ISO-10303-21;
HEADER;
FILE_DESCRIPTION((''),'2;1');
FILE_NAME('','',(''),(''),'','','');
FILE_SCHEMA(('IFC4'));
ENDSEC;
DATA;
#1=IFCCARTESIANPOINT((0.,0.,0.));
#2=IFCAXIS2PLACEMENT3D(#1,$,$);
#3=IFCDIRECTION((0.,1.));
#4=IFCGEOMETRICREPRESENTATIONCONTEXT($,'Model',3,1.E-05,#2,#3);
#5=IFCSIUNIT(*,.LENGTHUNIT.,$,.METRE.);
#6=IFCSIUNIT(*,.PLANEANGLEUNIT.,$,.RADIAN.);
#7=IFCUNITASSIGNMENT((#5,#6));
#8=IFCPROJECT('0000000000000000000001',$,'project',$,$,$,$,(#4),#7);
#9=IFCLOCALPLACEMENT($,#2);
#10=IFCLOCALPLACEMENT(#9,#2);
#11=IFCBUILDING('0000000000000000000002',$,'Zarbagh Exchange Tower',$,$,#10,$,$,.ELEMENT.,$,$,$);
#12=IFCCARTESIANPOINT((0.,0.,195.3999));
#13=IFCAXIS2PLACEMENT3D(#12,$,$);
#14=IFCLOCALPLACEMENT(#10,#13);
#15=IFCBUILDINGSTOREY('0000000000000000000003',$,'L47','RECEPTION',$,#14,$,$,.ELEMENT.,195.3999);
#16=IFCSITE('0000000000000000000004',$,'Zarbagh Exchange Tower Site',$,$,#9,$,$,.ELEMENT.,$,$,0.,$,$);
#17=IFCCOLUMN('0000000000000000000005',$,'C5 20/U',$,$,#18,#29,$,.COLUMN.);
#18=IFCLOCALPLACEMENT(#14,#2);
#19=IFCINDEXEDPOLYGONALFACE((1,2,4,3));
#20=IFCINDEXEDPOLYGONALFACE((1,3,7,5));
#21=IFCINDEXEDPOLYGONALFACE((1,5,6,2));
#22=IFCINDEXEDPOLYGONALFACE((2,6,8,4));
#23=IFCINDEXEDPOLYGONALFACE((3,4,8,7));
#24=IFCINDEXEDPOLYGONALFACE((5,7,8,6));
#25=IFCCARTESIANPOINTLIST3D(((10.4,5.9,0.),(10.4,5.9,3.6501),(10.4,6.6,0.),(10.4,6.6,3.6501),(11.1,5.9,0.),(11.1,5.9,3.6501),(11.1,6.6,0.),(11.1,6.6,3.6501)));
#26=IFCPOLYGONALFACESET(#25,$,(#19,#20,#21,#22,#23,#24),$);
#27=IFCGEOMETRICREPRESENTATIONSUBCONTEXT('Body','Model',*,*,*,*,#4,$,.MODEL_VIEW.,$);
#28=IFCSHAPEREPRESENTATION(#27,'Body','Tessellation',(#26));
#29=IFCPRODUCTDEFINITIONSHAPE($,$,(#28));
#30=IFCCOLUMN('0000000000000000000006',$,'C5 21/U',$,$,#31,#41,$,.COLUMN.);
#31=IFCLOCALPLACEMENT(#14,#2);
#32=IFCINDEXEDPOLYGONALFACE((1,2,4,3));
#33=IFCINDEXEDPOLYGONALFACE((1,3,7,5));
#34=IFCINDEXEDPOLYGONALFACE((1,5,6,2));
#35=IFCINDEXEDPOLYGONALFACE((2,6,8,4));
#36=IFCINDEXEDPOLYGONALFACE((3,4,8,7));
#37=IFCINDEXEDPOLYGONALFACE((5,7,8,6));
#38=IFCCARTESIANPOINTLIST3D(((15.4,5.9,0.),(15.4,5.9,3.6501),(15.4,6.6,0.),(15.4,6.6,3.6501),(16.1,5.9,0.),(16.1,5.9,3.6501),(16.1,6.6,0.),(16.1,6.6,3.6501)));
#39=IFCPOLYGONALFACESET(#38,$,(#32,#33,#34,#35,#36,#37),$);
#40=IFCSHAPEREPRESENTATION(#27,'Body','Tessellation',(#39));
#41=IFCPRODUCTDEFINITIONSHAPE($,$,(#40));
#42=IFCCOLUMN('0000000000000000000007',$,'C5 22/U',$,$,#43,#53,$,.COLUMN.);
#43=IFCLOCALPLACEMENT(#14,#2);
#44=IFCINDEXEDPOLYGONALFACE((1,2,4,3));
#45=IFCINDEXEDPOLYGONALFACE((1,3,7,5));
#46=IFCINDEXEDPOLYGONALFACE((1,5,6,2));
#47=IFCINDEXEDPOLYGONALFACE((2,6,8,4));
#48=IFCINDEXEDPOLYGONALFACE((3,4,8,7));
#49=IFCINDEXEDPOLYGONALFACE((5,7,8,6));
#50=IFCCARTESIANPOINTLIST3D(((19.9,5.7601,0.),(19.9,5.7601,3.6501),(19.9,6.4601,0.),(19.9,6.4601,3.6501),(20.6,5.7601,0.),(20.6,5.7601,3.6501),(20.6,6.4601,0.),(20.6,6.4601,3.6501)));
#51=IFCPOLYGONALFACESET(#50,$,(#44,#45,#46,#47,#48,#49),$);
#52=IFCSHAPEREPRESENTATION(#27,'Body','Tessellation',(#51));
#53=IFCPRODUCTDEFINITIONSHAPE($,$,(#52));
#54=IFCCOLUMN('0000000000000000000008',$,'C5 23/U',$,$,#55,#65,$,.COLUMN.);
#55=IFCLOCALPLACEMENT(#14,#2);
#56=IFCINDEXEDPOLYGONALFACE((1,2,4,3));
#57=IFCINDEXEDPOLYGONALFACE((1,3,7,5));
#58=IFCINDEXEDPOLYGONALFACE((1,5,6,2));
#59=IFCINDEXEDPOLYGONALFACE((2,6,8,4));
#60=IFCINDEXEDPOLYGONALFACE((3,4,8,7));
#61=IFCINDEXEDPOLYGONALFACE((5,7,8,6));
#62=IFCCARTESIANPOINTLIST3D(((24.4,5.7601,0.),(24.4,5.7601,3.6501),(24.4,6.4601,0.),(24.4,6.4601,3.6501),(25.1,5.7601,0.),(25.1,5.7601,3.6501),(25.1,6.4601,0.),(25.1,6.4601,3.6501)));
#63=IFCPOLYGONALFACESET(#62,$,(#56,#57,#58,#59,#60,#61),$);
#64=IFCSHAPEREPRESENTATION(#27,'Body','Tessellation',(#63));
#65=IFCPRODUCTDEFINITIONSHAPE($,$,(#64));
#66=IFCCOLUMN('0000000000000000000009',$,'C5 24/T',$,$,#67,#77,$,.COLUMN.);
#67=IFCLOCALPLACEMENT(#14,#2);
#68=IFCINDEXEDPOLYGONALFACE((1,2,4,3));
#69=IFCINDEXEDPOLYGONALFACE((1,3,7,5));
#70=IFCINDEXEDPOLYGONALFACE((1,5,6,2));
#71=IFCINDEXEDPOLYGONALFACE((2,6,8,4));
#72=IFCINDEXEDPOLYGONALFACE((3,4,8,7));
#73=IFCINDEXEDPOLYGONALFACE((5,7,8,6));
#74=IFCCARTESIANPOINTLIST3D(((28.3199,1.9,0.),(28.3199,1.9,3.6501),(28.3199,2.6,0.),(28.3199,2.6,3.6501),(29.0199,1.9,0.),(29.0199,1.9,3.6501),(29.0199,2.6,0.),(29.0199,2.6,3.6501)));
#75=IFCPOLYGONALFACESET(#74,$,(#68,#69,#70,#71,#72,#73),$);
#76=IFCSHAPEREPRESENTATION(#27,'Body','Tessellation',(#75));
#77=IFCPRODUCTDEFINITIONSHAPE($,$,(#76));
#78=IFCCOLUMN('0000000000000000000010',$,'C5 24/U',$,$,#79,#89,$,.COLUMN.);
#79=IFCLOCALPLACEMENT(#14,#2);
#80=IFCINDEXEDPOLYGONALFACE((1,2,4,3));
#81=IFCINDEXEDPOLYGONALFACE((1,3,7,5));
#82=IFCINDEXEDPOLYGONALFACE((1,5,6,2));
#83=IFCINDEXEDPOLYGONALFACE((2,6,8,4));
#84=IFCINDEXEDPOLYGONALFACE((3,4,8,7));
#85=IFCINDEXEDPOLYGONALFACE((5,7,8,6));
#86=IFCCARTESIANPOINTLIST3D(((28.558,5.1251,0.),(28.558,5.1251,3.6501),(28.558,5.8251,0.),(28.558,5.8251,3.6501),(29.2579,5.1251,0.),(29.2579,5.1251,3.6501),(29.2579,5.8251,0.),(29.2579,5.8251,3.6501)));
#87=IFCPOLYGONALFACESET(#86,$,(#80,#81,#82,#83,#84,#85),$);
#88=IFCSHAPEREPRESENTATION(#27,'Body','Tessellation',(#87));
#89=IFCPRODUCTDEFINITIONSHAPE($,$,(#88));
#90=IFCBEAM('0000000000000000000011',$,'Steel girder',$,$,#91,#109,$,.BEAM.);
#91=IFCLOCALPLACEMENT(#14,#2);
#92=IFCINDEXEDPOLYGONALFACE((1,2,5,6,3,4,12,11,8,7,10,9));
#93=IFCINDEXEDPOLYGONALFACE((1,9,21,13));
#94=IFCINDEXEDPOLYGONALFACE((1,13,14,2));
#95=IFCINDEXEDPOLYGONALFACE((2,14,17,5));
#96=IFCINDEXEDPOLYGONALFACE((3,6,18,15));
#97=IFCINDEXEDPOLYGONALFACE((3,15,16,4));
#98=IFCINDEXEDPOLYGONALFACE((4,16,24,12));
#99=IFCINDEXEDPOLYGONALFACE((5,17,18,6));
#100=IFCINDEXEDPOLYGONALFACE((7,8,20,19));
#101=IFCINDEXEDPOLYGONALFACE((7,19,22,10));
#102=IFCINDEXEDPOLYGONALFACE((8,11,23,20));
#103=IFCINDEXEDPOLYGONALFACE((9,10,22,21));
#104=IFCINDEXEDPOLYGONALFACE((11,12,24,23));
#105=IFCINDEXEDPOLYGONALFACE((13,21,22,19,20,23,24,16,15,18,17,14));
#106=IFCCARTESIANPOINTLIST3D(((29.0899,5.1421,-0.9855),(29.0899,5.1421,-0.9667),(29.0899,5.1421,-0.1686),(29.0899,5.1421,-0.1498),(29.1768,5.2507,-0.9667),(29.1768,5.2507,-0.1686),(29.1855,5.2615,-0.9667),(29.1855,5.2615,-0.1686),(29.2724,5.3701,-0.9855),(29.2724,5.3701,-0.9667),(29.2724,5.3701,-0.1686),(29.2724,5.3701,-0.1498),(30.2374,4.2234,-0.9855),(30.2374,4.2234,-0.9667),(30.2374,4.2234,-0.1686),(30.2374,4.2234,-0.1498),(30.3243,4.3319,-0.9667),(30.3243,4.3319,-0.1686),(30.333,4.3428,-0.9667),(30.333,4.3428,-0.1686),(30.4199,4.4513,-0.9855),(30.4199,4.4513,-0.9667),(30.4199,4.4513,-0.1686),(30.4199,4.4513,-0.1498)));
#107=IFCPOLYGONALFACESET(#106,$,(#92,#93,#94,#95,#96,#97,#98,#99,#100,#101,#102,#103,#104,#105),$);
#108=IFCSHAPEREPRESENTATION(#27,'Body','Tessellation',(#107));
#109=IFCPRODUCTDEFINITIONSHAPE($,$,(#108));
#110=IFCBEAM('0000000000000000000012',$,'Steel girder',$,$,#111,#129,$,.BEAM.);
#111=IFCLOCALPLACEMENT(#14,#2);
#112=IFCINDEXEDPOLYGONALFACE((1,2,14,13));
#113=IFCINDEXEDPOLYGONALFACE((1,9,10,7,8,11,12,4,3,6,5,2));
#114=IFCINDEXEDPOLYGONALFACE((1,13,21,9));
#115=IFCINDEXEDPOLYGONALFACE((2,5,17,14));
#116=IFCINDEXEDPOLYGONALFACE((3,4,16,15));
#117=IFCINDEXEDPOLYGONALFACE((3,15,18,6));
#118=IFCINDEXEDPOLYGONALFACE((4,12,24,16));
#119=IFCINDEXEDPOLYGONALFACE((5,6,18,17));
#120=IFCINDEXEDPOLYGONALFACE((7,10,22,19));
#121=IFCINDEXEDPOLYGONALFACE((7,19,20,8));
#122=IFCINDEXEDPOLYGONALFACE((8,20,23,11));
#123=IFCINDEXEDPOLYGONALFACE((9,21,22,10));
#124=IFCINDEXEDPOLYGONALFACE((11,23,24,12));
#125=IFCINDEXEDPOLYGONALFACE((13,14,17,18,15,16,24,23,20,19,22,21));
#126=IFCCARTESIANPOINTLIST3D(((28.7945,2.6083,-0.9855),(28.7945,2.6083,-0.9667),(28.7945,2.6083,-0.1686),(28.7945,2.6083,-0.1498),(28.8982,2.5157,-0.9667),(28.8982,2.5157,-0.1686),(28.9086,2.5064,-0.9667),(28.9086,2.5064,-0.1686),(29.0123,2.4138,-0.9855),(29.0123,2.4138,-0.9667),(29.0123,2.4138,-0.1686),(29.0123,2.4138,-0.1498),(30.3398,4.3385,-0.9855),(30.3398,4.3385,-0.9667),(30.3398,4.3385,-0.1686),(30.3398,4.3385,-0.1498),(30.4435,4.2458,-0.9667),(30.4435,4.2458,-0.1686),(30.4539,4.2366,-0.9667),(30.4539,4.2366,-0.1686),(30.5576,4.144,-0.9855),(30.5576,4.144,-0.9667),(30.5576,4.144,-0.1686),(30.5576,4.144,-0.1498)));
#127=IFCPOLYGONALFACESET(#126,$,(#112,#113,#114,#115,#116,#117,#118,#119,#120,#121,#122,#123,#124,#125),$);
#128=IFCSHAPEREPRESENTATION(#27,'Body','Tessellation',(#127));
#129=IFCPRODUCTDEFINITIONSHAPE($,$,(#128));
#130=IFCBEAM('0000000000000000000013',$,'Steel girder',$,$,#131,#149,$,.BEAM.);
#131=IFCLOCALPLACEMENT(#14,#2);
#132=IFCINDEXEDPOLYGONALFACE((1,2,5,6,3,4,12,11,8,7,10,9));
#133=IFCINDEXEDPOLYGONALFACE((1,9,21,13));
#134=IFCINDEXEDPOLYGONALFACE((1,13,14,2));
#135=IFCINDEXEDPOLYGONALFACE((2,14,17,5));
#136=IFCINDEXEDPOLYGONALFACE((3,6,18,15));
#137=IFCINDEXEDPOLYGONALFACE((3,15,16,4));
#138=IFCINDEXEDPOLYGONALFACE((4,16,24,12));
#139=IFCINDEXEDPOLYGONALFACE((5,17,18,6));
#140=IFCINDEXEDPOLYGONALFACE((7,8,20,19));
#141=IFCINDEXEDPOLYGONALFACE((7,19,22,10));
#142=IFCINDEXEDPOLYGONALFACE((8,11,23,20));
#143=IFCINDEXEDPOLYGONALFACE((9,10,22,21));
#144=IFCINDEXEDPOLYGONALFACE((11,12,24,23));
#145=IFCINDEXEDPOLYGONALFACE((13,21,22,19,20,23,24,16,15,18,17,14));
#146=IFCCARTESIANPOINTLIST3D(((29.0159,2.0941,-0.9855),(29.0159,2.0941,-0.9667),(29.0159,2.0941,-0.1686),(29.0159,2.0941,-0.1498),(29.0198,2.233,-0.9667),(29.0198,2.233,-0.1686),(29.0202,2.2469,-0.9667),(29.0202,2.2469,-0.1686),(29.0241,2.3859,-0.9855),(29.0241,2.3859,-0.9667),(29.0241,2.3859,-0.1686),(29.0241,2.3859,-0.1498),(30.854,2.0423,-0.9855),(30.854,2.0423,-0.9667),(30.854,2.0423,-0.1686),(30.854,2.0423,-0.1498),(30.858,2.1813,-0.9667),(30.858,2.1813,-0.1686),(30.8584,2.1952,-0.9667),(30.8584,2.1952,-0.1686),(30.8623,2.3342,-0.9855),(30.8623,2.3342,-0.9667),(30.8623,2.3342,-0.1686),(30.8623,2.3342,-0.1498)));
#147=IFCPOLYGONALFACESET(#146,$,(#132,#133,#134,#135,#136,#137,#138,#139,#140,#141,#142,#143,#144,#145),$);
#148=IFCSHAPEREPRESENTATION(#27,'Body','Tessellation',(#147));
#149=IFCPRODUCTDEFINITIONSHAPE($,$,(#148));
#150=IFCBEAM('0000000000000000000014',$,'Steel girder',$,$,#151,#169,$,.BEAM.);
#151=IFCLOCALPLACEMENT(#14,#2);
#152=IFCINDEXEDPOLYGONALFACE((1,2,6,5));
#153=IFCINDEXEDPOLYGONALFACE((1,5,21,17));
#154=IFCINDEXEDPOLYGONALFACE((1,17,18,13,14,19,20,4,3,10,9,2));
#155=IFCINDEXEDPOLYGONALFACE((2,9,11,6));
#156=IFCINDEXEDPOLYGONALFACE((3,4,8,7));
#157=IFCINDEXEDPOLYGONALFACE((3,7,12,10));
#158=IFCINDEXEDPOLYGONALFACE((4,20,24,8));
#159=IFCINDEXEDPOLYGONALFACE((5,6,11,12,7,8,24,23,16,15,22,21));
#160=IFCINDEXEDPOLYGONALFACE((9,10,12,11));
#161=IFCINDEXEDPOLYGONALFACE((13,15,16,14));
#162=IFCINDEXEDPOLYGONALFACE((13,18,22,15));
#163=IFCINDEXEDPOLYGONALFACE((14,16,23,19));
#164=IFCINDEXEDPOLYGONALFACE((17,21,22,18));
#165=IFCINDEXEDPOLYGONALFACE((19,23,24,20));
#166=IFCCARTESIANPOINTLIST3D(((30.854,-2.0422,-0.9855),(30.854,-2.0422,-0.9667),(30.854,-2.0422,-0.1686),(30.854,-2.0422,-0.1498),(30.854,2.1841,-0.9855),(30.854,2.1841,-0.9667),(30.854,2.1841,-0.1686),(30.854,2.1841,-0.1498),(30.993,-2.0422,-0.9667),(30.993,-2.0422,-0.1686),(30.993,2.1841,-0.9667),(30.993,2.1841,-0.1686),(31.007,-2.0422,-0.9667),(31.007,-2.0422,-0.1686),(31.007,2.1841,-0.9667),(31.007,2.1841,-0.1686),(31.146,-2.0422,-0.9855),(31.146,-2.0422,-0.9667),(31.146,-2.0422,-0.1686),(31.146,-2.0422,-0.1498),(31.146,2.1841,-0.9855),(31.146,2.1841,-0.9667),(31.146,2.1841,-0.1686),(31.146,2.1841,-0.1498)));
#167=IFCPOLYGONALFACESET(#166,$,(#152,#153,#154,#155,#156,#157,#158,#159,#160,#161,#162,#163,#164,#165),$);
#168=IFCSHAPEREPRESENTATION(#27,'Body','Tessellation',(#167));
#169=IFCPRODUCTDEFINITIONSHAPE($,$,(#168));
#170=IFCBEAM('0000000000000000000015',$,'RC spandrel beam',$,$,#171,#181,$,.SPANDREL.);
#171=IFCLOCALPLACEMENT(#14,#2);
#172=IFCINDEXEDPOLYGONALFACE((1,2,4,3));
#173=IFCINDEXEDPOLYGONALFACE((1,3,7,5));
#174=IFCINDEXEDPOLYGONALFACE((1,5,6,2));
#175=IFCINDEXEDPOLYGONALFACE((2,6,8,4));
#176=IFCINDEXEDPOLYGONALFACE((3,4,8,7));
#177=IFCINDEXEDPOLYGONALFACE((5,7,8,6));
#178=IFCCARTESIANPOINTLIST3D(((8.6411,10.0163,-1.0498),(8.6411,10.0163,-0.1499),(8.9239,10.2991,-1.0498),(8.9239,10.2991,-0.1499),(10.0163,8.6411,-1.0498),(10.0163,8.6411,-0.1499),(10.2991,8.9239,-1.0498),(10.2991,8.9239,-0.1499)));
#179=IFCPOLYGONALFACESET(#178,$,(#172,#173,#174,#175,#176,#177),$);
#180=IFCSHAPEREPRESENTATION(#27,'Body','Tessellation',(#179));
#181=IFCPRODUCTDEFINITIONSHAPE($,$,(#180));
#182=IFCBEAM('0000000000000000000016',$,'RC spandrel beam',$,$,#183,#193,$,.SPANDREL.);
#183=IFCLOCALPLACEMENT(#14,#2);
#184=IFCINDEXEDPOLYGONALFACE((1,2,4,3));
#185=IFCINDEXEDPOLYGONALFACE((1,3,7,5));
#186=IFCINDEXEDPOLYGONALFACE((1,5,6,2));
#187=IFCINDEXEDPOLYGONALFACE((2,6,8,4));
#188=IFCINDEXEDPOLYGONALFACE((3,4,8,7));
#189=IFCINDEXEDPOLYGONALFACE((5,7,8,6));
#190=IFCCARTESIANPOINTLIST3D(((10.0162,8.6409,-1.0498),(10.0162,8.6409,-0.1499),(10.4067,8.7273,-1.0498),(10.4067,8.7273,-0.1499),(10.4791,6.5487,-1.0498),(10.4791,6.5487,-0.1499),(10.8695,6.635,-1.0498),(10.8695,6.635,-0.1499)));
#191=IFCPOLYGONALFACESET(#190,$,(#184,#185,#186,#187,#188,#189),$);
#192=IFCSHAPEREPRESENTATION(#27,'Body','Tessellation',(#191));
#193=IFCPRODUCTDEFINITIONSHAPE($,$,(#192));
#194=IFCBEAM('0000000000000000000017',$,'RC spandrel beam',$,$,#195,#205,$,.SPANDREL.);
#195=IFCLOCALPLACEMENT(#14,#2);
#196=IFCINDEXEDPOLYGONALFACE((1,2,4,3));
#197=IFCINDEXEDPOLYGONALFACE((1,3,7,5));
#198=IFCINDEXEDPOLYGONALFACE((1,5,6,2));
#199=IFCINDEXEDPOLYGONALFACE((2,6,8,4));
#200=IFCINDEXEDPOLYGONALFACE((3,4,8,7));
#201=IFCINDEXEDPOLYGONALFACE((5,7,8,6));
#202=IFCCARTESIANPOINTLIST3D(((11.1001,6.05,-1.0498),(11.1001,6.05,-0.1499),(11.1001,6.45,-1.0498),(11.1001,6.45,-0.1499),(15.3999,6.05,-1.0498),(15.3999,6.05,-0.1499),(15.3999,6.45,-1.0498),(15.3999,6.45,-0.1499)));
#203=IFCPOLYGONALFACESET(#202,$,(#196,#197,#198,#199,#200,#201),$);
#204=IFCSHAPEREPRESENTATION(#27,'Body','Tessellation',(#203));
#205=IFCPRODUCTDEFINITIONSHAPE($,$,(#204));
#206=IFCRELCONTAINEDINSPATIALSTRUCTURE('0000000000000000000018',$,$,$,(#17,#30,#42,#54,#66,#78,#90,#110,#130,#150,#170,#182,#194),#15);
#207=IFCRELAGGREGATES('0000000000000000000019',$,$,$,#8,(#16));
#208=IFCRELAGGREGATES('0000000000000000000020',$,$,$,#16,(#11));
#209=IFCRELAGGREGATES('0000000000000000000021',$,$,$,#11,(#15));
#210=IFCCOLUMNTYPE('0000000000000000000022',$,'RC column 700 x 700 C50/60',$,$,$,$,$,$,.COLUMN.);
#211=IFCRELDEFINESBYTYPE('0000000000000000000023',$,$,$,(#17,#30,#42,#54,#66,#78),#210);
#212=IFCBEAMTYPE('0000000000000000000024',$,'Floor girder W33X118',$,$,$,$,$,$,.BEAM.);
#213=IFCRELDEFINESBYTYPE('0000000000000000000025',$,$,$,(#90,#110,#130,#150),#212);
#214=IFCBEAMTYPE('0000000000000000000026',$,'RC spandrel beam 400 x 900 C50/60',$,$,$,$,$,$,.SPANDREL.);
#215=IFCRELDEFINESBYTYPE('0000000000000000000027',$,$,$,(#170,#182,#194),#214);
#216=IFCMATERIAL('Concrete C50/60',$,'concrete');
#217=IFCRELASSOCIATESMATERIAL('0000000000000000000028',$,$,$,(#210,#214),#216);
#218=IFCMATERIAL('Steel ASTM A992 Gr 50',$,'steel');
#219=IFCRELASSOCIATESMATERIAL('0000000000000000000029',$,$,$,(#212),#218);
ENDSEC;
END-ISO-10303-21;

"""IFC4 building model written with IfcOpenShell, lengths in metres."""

from ifc_helpers import new_model, si_unit, direction, frame, origin, origin_2d, place, context, subcontext, project, spatial, rectangle, i_section, extrude, material, material_profile, profile_set, type_object, element, save


model = new_model("IFC4")

# Units and contexts
model_context = context("Model", 3, precision=1e-05, world=origin(), true_north=direction((0.0, 1.0)))
body_context = subcontext(model_context, "Body", "Model", "MODEL_VIEW")
ifc_project = project(units=[si_unit("LENGTHUNIT", "METRE"), si_unit("PLANEANGLEUNIT", "RADIAN")], contexts=[model_context])

# Site, building, storey
site_placement = place(None, origin())
site = spatial("IfcSite", under=ifc_project, at=site_placement, Name="Zarbagh Exchange Tower Site", CompositionType="ELEMENT", RefElevation=0.0)
building_placement = place(site_placement, origin())
building = spatial("IfcBuilding", under=site, at=building_placement, Name="Zarbagh Exchange Tower", CompositionType="ELEMENT")
storey_placement = place(building_placement, frame((0.0, 0.0, 195.3999)))
storey = spatial("IfcBuildingStorey", under=building, at=storey_placement, Name="L47", Description="RECEPTION", CompositionType="ELEMENT", Elevation=195.3999)

# Columns
ifc_material_1 = material(Name="Concrete C50/60", Category="concrete")
ifc_material_profile_1 = material_profile(ifc_material_1, rectangle(XDim=0.7, YDim=0.7, at=origin_2d()), Name="RC column 700 x 700 C50/60")
ifc_profile_set_1 = profile_set([ifc_material_profile_1], Name="Concrete C50/60")
column_type = type_object("IfcColumnType", Name="RC column 700 x 700 C50/60", PredefinedType="COLUMN", material=ifc_profile_set_1)
for number, where, z_axis, x_axis, name in (
    (1, (10.75, 6.25, 0.0), (0.0, 0.0, 1.0), (1.0, 0.0, 0.0), "C5 20/U"),
    (2, (15.75, 6.25, 0.0), (0.0, 0.0, 1.0), (1.0, 0.0, 0.0), "C5 21/U"),
    (3, (20.25, 6.1101, 0.0), (0.0, 0.0, 1.0), (1.0, 0.0, 0.0), "C5 22/U"),
    (4, (24.75, 6.1101, 0.0), (0.0, 0.0, 1.0), (1.0, 0.0, 0.0), "C5 23/U"),
    (5, (28.6699, 2.25, 0.0), (0.0, 0.0, 1.0), (1.0, 0.0, 0.0), "C5 24/T"),
    (6, (28.908, 5.4751, 0.0), (0.0, 0.0, 1.0), (1.0, 0.0, 0.0), "C5 24/U"),
):
    element("IfcColumn", number, at=place(storey_placement, frame(where, z_axis=z_axis, x_axis=x_axis)), inside=storey, type_object=column_type, Name=name, PredefinedType="COLUMN", context=body_context, shape_type="SweptSolid", body=[
        extrude(rectangle(XDim=0.7, YDim=0.7, at=origin_2d()), origin(), (0.0, 0.0, 1.0), 3.6501),
    ])

# Beams
ifc_material_2 = material(Name="Steel ASTM A992 Gr 50", Category="steel")
ifc_material_profile_2 = material_profile(ifc_material_2, i_section(OverallWidth=0.292, OverallDepth=0.8357, WebThickness=0.0139, FlangeThickness=0.0188, at=origin_2d()), Name="W33X118")
ifc_profile_set_2 = profile_set([ifc_material_profile_2], Name="Steel ASTM A992 Gr 50")
beam_type_1 = type_object("IfcBeamType", Name="Floor girder W33X118", PredefinedType="BEAM", material=ifc_profile_set_2)
beam_1_placement = place(storey_placement, frame((29.1812, 5.2561, -0.5676), z_axis=(0.780626, -0.624999, 0.0), x_axis=(0.624999, 0.780626, 0.0)))
element("IfcBeam", 7, at=beam_1_placement, inside=storey, type_object=beam_type_1, Name="Steel girder", PredefinedType="BEAM", context=body_context, shape_type="SweptSolid", body=[
    extrude(i_section(OverallWidth=0.292, OverallDepth=0.8357, WebThickness=0.0139, FlangeThickness=0.0188, at=origin_2d()), origin(), (0.0, 0.0, 1.0), 1.47),
])
beam_2_placement = place(storey_placement, frame((30.4487, 4.2412, -0.5676), z_axis=(-0.666152, -0.745816, 0.0), x_axis=(0.745816, -0.666152, 0.0)))
element("IfcBeam", 8, at=beam_2_placement, inside=storey, type_object=beam_type_1, Name="Steel girder", PredefinedType="BEAM", context=body_context, shape_type="SweptSolid", body=[
    extrude(i_section(OverallWidth=0.292, OverallDepth=0.8357, WebThickness=0.0139, FlangeThickness=0.0188, at=origin_2d()), origin(), (0.0, 0.0, 1.0), 2.3198),
])
beam_3_placement = place(storey_placement, frame((29.02, 2.24, -0.5676), z_axis=(0.999604, -0.028147, 0.0), x_axis=(0.028147, 0.999604, 0.0)))
element("IfcBeam", 9, at=beam_3_placement, inside=storey, type_object=beam_type_1, Name="Steel girder", PredefinedType="BEAM", context=body_context, shape_type="SweptSolid", body=[
    extrude(i_section(OverallWidth=0.292, OverallDepth=0.8357, WebThickness=0.0139, FlangeThickness=0.0188, at=origin_2d()), origin(), (0.0, 0.0, 1.0), 1.8389),
])
beam_4_placement = place(storey_placement, frame((31.0, 2.1841, -0.5676), z_axis=(0.0, -1.0, 0.0), x_axis=(1.0, 0.0, 0.0)))
element("IfcBeam", 10, at=beam_4_placement, inside=storey, type_object=beam_type_1, Name="Steel girder", PredefinedType="BEAM", context=body_context, shape_type="SweptSolid", body=[
    extrude(i_section(OverallWidth=0.292, OverallDepth=0.8357, WebThickness=0.0139, FlangeThickness=0.0188, at=origin_2d()), origin(), (0.0, 0.0, 1.0), 4.2263),
])
ifc_material_profile_3 = material_profile(ifc_material_1, rectangle(XDim=0.3999, YDim=0.8999, at=origin_2d()), Name="RC spandrel beam 400 x 900 C50/60")
ifc_profile_set_3 = profile_set([ifc_material_profile_3], Name="Concrete C50/60")
beam_type_2 = type_object("IfcBeamType", Name="RC spandrel beam 400 x 900 C50/60", PredefinedType="SPANDREL", material=ifc_profile_set_3)
beam_5_placement = place(storey_placement, frame((8.7825, 10.1577, -0.5999), z_axis=(0.707107, -0.707107, 0.0), x_axis=(0.707107, 0.707107, 0.0)))
element("IfcBeam", 11, at=beam_5_placement, inside=storey, type_object=beam_type_2, Name="RC spandrel beam", PredefinedType="SPANDREL", context=body_context, shape_type="SweptSolid", body=[
    extrude(rectangle(XDim=0.3999, YDim=0.8999, at=origin_2d()), origin(), (0.0, 0.0, 1.0), 1.9448),
])
beam_6_placement = place(storey_placement, frame((10.2114, 8.6841, -0.5999), z_axis=(0.216014, -0.97639, 0.0), x_axis=(0.97639, 0.216014, 0.0)))
element("IfcBeam", 12, at=beam_6_placement, inside=storey, type_object=beam_type_2, Name="RC spandrel beam", PredefinedType="SPANDREL", context=body_context, shape_type="SweptSolid", body=[
    extrude(rectangle(XDim=0.3999, YDim=0.8999, at=origin_2d()), origin(), (0.0, 0.0, 1.0), 2.1428),
])
beam_7_placement = place(storey_placement, frame((11.1001, 6.25, -0.5999), z_axis=(1.0, 0.0, 0.0), x_axis=(0.0, 1.0, 0.0)))
element("IfcBeam", 13, at=beam_7_placement, inside=storey, type_object=beam_type_2, Name="RC spandrel beam", PredefinedType="SPANDREL", context=body_context, shape_type="SweptSolid", body=[
    extrude(rectangle(XDim=0.3999, YDim=0.8999, at=origin_2d()), origin(), (0.0, 0.0, 1.0), 4.2998),
])

save(model, "model.ifc")
